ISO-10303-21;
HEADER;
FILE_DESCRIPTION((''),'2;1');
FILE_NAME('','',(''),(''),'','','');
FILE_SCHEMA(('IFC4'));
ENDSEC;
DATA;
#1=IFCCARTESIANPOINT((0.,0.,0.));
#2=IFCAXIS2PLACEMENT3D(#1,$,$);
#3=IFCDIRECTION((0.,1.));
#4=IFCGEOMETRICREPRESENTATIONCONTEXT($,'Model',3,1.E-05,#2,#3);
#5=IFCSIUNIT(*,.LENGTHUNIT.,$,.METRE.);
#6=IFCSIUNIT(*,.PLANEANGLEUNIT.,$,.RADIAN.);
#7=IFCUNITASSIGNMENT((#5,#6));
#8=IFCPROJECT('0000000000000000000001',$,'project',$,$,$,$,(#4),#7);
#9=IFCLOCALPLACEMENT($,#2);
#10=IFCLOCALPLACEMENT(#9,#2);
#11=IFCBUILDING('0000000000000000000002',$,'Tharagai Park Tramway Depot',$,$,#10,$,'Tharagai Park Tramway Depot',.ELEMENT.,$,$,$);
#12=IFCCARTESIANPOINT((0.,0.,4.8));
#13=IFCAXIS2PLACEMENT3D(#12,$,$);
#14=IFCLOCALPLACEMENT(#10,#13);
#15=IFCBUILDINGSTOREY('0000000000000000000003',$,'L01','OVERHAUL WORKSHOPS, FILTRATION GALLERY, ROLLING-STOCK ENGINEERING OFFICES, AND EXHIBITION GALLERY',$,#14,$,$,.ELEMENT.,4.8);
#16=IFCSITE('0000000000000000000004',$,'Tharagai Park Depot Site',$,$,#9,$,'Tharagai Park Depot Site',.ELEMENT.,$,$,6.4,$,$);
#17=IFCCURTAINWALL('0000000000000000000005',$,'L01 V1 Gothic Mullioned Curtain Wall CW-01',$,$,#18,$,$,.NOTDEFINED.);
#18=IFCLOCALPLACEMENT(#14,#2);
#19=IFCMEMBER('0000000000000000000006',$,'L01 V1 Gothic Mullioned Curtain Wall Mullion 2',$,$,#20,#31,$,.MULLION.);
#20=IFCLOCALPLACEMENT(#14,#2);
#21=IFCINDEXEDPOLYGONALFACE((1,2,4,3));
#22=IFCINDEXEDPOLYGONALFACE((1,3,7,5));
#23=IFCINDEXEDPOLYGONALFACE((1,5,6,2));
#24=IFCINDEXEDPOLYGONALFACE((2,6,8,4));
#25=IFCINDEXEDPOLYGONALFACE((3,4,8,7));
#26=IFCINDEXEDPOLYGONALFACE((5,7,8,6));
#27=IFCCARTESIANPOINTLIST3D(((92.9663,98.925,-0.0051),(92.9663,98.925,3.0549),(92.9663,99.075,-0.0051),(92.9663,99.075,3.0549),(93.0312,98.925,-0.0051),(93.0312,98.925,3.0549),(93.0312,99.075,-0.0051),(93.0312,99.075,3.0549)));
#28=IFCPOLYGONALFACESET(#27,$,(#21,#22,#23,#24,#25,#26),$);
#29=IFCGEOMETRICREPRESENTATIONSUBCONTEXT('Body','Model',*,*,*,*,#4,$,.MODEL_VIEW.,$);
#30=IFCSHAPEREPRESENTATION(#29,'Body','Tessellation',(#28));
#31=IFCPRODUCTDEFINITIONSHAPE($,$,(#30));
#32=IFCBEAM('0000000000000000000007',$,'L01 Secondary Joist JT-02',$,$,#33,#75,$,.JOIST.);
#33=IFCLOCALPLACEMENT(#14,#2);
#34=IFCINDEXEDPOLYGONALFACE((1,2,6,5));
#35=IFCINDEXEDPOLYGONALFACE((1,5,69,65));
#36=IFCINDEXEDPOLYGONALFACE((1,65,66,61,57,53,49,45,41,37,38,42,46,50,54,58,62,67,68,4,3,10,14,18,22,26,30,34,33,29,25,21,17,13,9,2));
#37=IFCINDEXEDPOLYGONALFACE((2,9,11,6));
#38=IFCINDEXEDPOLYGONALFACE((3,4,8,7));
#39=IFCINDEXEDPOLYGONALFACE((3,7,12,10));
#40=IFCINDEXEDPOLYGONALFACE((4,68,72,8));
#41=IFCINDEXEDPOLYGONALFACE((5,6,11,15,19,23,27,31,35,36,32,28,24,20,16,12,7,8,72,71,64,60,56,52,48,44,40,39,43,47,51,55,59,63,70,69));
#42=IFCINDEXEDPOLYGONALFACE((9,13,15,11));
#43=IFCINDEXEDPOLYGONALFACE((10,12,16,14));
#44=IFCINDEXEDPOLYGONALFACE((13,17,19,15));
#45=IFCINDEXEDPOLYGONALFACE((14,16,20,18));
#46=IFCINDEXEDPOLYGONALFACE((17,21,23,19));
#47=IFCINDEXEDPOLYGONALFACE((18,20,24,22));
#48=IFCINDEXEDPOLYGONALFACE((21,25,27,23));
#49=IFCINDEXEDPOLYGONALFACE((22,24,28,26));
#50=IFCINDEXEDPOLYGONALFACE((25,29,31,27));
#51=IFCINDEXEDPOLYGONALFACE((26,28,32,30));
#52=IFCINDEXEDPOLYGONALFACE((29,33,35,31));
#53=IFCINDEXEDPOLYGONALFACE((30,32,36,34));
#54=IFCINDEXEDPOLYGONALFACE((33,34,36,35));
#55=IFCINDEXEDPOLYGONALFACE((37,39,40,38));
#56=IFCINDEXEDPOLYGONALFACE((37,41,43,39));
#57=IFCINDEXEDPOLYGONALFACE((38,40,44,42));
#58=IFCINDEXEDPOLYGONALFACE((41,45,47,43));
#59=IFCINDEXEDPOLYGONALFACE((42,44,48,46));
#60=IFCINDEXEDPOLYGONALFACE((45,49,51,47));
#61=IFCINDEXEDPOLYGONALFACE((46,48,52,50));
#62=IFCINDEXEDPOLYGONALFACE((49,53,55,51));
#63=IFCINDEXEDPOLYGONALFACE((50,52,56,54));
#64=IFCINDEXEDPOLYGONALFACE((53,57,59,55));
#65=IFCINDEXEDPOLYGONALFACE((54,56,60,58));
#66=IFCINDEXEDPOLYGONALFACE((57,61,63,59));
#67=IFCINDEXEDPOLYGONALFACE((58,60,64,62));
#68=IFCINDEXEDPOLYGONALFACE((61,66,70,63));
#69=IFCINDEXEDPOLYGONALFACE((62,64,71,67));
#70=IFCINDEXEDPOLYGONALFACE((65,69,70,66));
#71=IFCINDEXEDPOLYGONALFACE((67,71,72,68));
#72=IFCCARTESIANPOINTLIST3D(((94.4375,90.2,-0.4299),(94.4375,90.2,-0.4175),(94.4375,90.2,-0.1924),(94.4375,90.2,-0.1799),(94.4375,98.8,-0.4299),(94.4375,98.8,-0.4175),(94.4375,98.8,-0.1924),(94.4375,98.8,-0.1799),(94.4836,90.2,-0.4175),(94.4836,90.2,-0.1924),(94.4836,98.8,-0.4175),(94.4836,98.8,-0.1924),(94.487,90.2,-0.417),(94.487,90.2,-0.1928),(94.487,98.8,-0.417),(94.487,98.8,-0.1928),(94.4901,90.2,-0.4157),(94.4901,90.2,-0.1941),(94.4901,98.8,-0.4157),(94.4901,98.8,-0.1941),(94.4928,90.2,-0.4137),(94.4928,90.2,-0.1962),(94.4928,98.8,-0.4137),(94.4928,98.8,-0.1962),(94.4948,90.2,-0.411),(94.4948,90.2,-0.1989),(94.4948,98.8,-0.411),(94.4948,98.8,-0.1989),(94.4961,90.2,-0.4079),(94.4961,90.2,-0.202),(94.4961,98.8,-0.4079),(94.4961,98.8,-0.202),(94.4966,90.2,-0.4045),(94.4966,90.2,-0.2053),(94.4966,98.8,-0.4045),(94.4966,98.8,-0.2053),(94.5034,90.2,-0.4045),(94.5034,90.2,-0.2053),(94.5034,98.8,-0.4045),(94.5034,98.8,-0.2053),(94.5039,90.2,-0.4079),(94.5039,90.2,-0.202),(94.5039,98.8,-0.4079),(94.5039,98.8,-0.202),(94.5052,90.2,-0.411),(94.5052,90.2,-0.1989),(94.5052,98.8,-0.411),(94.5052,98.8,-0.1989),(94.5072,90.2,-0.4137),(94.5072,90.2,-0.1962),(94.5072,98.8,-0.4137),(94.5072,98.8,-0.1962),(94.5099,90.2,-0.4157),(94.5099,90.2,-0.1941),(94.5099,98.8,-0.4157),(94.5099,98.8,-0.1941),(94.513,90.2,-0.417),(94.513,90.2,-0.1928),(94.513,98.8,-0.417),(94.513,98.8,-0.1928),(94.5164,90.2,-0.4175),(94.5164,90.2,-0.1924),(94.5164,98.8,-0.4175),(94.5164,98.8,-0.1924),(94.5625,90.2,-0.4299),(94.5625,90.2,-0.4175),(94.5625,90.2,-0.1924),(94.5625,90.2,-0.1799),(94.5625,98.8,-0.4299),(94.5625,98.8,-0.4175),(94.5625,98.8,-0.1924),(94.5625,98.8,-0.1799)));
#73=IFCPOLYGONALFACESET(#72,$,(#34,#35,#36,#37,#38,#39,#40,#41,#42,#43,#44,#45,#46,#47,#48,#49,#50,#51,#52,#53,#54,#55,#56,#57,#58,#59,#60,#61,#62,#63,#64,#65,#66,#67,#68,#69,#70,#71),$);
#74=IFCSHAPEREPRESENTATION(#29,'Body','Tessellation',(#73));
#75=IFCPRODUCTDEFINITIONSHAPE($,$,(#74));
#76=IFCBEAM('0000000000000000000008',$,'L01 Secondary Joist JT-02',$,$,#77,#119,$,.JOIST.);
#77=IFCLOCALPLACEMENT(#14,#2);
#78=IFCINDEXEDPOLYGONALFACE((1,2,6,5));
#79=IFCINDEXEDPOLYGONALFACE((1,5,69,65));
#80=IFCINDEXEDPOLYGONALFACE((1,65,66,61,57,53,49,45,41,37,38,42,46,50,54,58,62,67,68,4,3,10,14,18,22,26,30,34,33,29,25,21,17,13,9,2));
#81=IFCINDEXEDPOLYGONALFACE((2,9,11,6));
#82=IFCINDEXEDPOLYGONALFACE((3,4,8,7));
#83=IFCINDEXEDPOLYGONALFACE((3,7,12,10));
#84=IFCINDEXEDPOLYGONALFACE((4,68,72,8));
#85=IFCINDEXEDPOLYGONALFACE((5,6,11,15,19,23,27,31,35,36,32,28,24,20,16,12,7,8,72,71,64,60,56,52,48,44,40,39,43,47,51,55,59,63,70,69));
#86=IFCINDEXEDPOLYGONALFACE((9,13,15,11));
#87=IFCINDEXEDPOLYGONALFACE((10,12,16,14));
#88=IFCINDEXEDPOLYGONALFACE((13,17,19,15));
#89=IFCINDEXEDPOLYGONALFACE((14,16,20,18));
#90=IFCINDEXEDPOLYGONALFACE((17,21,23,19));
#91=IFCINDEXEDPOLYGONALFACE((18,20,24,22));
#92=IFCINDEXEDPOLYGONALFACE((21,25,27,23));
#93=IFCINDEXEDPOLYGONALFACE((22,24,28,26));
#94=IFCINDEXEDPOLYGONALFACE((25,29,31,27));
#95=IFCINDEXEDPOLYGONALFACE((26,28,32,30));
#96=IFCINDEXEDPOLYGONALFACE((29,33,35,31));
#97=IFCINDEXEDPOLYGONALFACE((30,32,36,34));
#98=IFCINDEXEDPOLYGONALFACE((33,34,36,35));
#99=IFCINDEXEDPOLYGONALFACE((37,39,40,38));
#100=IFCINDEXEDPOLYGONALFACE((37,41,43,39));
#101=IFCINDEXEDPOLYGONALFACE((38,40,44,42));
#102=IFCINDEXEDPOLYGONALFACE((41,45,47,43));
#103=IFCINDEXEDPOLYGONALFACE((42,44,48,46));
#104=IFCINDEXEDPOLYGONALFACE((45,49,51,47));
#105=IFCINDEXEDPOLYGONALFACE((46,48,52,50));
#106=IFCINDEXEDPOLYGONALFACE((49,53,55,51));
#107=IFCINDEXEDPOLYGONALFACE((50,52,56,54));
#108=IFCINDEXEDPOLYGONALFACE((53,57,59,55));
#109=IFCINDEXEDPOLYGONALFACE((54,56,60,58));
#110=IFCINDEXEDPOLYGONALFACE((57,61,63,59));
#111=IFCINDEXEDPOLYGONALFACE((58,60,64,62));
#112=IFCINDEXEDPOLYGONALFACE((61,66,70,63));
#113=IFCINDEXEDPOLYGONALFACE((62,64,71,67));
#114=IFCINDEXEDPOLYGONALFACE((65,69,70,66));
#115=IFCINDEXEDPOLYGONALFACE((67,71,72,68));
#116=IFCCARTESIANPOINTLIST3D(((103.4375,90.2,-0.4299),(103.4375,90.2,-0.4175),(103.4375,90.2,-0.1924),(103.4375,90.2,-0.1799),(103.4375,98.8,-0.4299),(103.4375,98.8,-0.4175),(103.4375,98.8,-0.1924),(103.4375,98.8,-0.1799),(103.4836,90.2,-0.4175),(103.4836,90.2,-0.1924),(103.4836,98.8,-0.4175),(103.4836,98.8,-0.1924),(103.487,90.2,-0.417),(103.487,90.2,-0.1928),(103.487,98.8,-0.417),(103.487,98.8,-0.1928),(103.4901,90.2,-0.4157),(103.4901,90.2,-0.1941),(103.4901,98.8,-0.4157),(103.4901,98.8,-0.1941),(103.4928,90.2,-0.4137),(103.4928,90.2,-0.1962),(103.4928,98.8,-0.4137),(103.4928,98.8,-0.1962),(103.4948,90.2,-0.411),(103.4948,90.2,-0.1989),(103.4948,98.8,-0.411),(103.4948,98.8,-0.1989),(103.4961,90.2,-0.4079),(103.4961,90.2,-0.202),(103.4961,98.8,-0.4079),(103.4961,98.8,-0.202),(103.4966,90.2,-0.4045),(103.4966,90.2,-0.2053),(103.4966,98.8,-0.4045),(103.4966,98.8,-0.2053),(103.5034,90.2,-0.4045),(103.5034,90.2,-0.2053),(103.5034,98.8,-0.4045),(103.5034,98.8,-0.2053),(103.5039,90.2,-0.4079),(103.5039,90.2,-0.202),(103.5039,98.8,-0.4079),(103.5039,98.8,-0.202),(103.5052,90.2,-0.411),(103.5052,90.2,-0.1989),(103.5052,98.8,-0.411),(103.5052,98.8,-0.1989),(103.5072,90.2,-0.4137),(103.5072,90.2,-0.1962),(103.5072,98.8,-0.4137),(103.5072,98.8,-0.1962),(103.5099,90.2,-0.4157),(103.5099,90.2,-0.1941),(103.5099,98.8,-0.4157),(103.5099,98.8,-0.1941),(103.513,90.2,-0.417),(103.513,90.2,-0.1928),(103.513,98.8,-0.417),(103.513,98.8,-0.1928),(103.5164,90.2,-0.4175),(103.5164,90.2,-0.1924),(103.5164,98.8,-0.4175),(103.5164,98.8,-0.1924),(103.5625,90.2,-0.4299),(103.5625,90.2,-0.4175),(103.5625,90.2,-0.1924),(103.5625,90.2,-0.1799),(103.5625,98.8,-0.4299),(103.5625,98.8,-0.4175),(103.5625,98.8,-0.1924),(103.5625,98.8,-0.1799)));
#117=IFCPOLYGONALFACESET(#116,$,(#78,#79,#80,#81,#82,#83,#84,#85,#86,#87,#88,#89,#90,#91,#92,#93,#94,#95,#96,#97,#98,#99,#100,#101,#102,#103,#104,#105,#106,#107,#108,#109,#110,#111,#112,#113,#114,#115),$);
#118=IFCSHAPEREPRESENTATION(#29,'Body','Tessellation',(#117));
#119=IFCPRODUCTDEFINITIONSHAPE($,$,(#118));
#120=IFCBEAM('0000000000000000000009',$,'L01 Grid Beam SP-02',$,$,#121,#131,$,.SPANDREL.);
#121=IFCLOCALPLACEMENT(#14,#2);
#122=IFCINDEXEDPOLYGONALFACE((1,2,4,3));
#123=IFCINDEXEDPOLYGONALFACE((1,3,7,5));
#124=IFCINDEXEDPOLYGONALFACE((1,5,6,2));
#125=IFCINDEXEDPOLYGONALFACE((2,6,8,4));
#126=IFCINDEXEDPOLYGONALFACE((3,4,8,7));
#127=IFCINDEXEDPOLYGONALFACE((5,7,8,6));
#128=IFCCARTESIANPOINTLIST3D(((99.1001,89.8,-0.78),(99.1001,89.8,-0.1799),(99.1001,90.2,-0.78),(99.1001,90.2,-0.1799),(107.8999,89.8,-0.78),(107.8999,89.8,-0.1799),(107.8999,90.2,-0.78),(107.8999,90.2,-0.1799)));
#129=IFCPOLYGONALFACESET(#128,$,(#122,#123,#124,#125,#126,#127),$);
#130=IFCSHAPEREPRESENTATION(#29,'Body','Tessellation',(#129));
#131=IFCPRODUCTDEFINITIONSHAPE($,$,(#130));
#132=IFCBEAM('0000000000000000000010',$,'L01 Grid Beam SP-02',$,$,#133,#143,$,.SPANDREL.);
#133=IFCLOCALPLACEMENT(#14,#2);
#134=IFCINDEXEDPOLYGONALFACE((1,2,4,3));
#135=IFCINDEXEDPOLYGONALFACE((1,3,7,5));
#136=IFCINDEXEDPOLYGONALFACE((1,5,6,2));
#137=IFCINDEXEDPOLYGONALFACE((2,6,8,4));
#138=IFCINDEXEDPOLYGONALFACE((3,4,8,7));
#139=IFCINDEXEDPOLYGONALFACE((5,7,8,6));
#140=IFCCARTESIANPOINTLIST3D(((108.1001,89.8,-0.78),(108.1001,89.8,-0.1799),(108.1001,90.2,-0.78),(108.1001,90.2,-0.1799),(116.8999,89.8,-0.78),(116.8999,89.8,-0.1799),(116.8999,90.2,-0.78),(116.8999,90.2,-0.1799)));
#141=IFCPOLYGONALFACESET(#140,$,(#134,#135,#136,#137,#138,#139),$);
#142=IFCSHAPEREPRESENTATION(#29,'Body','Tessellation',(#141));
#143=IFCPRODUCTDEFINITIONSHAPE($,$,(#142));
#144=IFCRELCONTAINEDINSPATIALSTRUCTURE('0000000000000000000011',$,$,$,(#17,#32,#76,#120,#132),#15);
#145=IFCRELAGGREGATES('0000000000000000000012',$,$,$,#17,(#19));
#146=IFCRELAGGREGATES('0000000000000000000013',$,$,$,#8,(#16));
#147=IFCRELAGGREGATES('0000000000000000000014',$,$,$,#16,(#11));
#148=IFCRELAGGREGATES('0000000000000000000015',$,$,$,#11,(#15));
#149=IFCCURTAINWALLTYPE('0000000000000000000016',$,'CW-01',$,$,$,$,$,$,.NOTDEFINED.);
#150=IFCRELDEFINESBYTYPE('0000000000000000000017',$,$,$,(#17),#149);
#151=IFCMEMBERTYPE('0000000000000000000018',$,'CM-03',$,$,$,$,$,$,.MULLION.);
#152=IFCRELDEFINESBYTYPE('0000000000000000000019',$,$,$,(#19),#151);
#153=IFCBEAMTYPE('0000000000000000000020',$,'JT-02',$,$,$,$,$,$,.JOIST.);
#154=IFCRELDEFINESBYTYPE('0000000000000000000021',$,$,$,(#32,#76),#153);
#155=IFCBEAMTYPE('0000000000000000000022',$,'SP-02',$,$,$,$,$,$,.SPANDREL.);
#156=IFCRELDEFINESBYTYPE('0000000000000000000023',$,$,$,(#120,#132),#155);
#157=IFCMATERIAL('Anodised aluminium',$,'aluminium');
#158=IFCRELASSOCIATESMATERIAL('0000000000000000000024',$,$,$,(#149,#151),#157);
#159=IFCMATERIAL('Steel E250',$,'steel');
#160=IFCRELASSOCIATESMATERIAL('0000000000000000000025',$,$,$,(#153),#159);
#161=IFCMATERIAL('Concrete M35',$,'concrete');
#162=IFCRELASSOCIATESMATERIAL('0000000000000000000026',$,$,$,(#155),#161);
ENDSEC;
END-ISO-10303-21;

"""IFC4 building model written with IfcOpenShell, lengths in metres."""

from ifc_helpers import new_model, si_unit, direction, frame, origin, origin_2d, place, context, subcontext, project, spatial, rectangle, i_section, extrude, material, material_profile, profile_set, type_object, element, aggregate, save


model = new_model("IFC4")

# Units and contexts
model_context = context("Model", 3, precision=1e-05, world=origin(), true_north=direction((0.0, 1.0)))
body_context = subcontext(model_context, "Body", "Model", "MODEL_VIEW")
ifc_project = project(units=[si_unit("LENGTHUNIT", "METRE"), si_unit("PLANEANGLEUNIT", "RADIAN")], contexts=[model_context])

# Site, building, storey
site_placement = place(None, origin())
site = spatial("IfcSite", under=ifc_project, at=site_placement, Name="Tharagai Park Depot Site", LongName="Tharagai Park Depot Site", CompositionType="ELEMENT", RefElevation=6.4)
building_placement = place(site_placement, origin())
building = spatial("IfcBuilding", under=site, at=building_placement, Name="Tharagai Park Tramway Depot", LongName="Tharagai Park Tramway Depot", CompositionType="ELEMENT")
storey_placement = place(building_placement, frame((0.0, 0.0, 4.8)))
storey = spatial("IfcBuildingStorey", under=building, at=storey_placement, Name="L01", Description="OVERHAUL WORKSHOPS, FILTRATION GALLERY, ROLLING-STOCK ENGINEERING OFFICES, AND EXHIBITION GALLERY", CompositionType="ELEMENT", Elevation=4.8)

# Curtain wall, member
ifc_material_1 = material(Name="Anodised aluminium", Category="aluminium")
curtain_wall_type = type_object("IfcCurtainWallType", Name="CW-01", PredefinedType="NOTDEFINED", material=ifc_material_1)
curtain_wall_placement = place(storey_placement, origin())
curtain_wall = element("IfcCurtainWall", 1, at=curtain_wall_placement, inside=storey, type_object=curtain_wall_type, Name="L01 V1 Gothic Mullioned Curtain Wall CW-01", PredefinedType="NOTDEFINED")
ifc_material_profile_1 = material_profile(ifc_material_1, rectangle(XDim=0.0649, YDim=0.1499, at=origin_2d()), Name="ALU 65x150")
ifc_profile_set_1 = profile_set([ifc_material_profile_1], Name="Anodised aluminium")
member_type = type_object("IfcMemberType", Name="CM-03", PredefinedType="MULLION", material=ifc_profile_set_1)
member_placement = place(storey_placement, frame((92.9988, 99.0, -0.0051), z_axis=(0.0, 0.0, 1.0), x_axis=(1.0, 0.0, 0.0)))
member = element("IfcMember", 2, at=member_placement, type_object=member_type, Name="L01 V1 Gothic Mullioned Curtain Wall Mullion 2", PredefinedType="MULLION", context=body_context, shape_type="SweptSolid", body=[
    extrude(rectangle(XDim=0.0649, YDim=0.1499, at=origin_2d()), origin(), (0.0, 0.0, 1.0), 3.0601),
])
aggregate(curtain_wall, [member])

# Beams
ifc_material_2 = material(Name="Steel E250", Category="steel")
ifc_material_profile_2 = material_profile(ifc_material_2, i_section(OverallWidth=0.125, OverallDepth=0.25, WebThickness=0.0068, FlangeThickness=0.0125, FilletRadius=0.0129, at=origin_2d()), Name="ISMB 250")
ifc_profile_set_2 = profile_set([ifc_material_profile_2], Name="Steel E250")
beam_type_1 = type_object("IfcBeamType", Name="JT-02", PredefinedType="JOIST", material=ifc_profile_set_2)
for number, where, z_axis, x_axis, name in (
    (3, (94.5, 90.2, -0.3049), (0.0, 1.0, 0.0), (-1.0, 0.0, 0.0), "L01 Secondary Joist JT-02"),
    (4, (103.5, 90.2, -0.3049), (0.0, 1.0, 0.0), (-1.0, 0.0, 0.0), "L01 Secondary Joist JT-02"),
):
    element("IfcBeam", number, at=place(storey_placement, frame(where, z_axis=z_axis, x_axis=x_axis)), inside=storey, type_object=beam_type_1, Name=name, PredefinedType="JOIST", context=body_context, shape_type="SweptSolid", body=[
        extrude(i_section(OverallWidth=0.125, OverallDepth=0.25, WebThickness=0.0068, FlangeThickness=0.0125, FilletRadius=0.0129, at=origin_2d()), origin(), (0.0, 0.0, 1.0), 8.6001),
    ])
ifc_material_3 = material(Name="Concrete M35", Category="concrete")
ifc_material_profile_3 = material_profile(ifc_material_3, rectangle(XDim=0.3999, YDim=0.6001, at=origin_2d()), Name="RC 400x600")
ifc_profile_set_3 = profile_set([ifc_material_profile_3], Name="Concrete M35")
beam_type_2 = type_object("IfcBeamType", Name="SP-02", PredefinedType="SPANDREL", material=ifc_profile_set_3)
for number, where, z_axis, x_axis, name in (
    (5, (99.1001, 90.0, -0.48), (1.0, 0.0, 0.0), (0.0, 1.0, 0.0), "L01 Grid Beam SP-02"),
    (6, (108.1001, 90.0, -0.48), (1.0, 0.0, 0.0), (0.0, 1.0, 0.0), "L01 Grid Beam SP-02"),
):
    element("IfcBeam", number, at=place(storey_placement, frame(where, z_axis=z_axis, x_axis=x_axis)), inside=storey, type_object=beam_type_2, Name=name, PredefinedType="SPANDREL", context=body_context, shape_type="SweptSolid", body=[
        extrude(rectangle(XDim=0.3999, YDim=0.6001, at=origin_2d()), origin(), (0.0, 0.0, 1.0), 8.7998),
    ])

save(model, "model.ifc")
